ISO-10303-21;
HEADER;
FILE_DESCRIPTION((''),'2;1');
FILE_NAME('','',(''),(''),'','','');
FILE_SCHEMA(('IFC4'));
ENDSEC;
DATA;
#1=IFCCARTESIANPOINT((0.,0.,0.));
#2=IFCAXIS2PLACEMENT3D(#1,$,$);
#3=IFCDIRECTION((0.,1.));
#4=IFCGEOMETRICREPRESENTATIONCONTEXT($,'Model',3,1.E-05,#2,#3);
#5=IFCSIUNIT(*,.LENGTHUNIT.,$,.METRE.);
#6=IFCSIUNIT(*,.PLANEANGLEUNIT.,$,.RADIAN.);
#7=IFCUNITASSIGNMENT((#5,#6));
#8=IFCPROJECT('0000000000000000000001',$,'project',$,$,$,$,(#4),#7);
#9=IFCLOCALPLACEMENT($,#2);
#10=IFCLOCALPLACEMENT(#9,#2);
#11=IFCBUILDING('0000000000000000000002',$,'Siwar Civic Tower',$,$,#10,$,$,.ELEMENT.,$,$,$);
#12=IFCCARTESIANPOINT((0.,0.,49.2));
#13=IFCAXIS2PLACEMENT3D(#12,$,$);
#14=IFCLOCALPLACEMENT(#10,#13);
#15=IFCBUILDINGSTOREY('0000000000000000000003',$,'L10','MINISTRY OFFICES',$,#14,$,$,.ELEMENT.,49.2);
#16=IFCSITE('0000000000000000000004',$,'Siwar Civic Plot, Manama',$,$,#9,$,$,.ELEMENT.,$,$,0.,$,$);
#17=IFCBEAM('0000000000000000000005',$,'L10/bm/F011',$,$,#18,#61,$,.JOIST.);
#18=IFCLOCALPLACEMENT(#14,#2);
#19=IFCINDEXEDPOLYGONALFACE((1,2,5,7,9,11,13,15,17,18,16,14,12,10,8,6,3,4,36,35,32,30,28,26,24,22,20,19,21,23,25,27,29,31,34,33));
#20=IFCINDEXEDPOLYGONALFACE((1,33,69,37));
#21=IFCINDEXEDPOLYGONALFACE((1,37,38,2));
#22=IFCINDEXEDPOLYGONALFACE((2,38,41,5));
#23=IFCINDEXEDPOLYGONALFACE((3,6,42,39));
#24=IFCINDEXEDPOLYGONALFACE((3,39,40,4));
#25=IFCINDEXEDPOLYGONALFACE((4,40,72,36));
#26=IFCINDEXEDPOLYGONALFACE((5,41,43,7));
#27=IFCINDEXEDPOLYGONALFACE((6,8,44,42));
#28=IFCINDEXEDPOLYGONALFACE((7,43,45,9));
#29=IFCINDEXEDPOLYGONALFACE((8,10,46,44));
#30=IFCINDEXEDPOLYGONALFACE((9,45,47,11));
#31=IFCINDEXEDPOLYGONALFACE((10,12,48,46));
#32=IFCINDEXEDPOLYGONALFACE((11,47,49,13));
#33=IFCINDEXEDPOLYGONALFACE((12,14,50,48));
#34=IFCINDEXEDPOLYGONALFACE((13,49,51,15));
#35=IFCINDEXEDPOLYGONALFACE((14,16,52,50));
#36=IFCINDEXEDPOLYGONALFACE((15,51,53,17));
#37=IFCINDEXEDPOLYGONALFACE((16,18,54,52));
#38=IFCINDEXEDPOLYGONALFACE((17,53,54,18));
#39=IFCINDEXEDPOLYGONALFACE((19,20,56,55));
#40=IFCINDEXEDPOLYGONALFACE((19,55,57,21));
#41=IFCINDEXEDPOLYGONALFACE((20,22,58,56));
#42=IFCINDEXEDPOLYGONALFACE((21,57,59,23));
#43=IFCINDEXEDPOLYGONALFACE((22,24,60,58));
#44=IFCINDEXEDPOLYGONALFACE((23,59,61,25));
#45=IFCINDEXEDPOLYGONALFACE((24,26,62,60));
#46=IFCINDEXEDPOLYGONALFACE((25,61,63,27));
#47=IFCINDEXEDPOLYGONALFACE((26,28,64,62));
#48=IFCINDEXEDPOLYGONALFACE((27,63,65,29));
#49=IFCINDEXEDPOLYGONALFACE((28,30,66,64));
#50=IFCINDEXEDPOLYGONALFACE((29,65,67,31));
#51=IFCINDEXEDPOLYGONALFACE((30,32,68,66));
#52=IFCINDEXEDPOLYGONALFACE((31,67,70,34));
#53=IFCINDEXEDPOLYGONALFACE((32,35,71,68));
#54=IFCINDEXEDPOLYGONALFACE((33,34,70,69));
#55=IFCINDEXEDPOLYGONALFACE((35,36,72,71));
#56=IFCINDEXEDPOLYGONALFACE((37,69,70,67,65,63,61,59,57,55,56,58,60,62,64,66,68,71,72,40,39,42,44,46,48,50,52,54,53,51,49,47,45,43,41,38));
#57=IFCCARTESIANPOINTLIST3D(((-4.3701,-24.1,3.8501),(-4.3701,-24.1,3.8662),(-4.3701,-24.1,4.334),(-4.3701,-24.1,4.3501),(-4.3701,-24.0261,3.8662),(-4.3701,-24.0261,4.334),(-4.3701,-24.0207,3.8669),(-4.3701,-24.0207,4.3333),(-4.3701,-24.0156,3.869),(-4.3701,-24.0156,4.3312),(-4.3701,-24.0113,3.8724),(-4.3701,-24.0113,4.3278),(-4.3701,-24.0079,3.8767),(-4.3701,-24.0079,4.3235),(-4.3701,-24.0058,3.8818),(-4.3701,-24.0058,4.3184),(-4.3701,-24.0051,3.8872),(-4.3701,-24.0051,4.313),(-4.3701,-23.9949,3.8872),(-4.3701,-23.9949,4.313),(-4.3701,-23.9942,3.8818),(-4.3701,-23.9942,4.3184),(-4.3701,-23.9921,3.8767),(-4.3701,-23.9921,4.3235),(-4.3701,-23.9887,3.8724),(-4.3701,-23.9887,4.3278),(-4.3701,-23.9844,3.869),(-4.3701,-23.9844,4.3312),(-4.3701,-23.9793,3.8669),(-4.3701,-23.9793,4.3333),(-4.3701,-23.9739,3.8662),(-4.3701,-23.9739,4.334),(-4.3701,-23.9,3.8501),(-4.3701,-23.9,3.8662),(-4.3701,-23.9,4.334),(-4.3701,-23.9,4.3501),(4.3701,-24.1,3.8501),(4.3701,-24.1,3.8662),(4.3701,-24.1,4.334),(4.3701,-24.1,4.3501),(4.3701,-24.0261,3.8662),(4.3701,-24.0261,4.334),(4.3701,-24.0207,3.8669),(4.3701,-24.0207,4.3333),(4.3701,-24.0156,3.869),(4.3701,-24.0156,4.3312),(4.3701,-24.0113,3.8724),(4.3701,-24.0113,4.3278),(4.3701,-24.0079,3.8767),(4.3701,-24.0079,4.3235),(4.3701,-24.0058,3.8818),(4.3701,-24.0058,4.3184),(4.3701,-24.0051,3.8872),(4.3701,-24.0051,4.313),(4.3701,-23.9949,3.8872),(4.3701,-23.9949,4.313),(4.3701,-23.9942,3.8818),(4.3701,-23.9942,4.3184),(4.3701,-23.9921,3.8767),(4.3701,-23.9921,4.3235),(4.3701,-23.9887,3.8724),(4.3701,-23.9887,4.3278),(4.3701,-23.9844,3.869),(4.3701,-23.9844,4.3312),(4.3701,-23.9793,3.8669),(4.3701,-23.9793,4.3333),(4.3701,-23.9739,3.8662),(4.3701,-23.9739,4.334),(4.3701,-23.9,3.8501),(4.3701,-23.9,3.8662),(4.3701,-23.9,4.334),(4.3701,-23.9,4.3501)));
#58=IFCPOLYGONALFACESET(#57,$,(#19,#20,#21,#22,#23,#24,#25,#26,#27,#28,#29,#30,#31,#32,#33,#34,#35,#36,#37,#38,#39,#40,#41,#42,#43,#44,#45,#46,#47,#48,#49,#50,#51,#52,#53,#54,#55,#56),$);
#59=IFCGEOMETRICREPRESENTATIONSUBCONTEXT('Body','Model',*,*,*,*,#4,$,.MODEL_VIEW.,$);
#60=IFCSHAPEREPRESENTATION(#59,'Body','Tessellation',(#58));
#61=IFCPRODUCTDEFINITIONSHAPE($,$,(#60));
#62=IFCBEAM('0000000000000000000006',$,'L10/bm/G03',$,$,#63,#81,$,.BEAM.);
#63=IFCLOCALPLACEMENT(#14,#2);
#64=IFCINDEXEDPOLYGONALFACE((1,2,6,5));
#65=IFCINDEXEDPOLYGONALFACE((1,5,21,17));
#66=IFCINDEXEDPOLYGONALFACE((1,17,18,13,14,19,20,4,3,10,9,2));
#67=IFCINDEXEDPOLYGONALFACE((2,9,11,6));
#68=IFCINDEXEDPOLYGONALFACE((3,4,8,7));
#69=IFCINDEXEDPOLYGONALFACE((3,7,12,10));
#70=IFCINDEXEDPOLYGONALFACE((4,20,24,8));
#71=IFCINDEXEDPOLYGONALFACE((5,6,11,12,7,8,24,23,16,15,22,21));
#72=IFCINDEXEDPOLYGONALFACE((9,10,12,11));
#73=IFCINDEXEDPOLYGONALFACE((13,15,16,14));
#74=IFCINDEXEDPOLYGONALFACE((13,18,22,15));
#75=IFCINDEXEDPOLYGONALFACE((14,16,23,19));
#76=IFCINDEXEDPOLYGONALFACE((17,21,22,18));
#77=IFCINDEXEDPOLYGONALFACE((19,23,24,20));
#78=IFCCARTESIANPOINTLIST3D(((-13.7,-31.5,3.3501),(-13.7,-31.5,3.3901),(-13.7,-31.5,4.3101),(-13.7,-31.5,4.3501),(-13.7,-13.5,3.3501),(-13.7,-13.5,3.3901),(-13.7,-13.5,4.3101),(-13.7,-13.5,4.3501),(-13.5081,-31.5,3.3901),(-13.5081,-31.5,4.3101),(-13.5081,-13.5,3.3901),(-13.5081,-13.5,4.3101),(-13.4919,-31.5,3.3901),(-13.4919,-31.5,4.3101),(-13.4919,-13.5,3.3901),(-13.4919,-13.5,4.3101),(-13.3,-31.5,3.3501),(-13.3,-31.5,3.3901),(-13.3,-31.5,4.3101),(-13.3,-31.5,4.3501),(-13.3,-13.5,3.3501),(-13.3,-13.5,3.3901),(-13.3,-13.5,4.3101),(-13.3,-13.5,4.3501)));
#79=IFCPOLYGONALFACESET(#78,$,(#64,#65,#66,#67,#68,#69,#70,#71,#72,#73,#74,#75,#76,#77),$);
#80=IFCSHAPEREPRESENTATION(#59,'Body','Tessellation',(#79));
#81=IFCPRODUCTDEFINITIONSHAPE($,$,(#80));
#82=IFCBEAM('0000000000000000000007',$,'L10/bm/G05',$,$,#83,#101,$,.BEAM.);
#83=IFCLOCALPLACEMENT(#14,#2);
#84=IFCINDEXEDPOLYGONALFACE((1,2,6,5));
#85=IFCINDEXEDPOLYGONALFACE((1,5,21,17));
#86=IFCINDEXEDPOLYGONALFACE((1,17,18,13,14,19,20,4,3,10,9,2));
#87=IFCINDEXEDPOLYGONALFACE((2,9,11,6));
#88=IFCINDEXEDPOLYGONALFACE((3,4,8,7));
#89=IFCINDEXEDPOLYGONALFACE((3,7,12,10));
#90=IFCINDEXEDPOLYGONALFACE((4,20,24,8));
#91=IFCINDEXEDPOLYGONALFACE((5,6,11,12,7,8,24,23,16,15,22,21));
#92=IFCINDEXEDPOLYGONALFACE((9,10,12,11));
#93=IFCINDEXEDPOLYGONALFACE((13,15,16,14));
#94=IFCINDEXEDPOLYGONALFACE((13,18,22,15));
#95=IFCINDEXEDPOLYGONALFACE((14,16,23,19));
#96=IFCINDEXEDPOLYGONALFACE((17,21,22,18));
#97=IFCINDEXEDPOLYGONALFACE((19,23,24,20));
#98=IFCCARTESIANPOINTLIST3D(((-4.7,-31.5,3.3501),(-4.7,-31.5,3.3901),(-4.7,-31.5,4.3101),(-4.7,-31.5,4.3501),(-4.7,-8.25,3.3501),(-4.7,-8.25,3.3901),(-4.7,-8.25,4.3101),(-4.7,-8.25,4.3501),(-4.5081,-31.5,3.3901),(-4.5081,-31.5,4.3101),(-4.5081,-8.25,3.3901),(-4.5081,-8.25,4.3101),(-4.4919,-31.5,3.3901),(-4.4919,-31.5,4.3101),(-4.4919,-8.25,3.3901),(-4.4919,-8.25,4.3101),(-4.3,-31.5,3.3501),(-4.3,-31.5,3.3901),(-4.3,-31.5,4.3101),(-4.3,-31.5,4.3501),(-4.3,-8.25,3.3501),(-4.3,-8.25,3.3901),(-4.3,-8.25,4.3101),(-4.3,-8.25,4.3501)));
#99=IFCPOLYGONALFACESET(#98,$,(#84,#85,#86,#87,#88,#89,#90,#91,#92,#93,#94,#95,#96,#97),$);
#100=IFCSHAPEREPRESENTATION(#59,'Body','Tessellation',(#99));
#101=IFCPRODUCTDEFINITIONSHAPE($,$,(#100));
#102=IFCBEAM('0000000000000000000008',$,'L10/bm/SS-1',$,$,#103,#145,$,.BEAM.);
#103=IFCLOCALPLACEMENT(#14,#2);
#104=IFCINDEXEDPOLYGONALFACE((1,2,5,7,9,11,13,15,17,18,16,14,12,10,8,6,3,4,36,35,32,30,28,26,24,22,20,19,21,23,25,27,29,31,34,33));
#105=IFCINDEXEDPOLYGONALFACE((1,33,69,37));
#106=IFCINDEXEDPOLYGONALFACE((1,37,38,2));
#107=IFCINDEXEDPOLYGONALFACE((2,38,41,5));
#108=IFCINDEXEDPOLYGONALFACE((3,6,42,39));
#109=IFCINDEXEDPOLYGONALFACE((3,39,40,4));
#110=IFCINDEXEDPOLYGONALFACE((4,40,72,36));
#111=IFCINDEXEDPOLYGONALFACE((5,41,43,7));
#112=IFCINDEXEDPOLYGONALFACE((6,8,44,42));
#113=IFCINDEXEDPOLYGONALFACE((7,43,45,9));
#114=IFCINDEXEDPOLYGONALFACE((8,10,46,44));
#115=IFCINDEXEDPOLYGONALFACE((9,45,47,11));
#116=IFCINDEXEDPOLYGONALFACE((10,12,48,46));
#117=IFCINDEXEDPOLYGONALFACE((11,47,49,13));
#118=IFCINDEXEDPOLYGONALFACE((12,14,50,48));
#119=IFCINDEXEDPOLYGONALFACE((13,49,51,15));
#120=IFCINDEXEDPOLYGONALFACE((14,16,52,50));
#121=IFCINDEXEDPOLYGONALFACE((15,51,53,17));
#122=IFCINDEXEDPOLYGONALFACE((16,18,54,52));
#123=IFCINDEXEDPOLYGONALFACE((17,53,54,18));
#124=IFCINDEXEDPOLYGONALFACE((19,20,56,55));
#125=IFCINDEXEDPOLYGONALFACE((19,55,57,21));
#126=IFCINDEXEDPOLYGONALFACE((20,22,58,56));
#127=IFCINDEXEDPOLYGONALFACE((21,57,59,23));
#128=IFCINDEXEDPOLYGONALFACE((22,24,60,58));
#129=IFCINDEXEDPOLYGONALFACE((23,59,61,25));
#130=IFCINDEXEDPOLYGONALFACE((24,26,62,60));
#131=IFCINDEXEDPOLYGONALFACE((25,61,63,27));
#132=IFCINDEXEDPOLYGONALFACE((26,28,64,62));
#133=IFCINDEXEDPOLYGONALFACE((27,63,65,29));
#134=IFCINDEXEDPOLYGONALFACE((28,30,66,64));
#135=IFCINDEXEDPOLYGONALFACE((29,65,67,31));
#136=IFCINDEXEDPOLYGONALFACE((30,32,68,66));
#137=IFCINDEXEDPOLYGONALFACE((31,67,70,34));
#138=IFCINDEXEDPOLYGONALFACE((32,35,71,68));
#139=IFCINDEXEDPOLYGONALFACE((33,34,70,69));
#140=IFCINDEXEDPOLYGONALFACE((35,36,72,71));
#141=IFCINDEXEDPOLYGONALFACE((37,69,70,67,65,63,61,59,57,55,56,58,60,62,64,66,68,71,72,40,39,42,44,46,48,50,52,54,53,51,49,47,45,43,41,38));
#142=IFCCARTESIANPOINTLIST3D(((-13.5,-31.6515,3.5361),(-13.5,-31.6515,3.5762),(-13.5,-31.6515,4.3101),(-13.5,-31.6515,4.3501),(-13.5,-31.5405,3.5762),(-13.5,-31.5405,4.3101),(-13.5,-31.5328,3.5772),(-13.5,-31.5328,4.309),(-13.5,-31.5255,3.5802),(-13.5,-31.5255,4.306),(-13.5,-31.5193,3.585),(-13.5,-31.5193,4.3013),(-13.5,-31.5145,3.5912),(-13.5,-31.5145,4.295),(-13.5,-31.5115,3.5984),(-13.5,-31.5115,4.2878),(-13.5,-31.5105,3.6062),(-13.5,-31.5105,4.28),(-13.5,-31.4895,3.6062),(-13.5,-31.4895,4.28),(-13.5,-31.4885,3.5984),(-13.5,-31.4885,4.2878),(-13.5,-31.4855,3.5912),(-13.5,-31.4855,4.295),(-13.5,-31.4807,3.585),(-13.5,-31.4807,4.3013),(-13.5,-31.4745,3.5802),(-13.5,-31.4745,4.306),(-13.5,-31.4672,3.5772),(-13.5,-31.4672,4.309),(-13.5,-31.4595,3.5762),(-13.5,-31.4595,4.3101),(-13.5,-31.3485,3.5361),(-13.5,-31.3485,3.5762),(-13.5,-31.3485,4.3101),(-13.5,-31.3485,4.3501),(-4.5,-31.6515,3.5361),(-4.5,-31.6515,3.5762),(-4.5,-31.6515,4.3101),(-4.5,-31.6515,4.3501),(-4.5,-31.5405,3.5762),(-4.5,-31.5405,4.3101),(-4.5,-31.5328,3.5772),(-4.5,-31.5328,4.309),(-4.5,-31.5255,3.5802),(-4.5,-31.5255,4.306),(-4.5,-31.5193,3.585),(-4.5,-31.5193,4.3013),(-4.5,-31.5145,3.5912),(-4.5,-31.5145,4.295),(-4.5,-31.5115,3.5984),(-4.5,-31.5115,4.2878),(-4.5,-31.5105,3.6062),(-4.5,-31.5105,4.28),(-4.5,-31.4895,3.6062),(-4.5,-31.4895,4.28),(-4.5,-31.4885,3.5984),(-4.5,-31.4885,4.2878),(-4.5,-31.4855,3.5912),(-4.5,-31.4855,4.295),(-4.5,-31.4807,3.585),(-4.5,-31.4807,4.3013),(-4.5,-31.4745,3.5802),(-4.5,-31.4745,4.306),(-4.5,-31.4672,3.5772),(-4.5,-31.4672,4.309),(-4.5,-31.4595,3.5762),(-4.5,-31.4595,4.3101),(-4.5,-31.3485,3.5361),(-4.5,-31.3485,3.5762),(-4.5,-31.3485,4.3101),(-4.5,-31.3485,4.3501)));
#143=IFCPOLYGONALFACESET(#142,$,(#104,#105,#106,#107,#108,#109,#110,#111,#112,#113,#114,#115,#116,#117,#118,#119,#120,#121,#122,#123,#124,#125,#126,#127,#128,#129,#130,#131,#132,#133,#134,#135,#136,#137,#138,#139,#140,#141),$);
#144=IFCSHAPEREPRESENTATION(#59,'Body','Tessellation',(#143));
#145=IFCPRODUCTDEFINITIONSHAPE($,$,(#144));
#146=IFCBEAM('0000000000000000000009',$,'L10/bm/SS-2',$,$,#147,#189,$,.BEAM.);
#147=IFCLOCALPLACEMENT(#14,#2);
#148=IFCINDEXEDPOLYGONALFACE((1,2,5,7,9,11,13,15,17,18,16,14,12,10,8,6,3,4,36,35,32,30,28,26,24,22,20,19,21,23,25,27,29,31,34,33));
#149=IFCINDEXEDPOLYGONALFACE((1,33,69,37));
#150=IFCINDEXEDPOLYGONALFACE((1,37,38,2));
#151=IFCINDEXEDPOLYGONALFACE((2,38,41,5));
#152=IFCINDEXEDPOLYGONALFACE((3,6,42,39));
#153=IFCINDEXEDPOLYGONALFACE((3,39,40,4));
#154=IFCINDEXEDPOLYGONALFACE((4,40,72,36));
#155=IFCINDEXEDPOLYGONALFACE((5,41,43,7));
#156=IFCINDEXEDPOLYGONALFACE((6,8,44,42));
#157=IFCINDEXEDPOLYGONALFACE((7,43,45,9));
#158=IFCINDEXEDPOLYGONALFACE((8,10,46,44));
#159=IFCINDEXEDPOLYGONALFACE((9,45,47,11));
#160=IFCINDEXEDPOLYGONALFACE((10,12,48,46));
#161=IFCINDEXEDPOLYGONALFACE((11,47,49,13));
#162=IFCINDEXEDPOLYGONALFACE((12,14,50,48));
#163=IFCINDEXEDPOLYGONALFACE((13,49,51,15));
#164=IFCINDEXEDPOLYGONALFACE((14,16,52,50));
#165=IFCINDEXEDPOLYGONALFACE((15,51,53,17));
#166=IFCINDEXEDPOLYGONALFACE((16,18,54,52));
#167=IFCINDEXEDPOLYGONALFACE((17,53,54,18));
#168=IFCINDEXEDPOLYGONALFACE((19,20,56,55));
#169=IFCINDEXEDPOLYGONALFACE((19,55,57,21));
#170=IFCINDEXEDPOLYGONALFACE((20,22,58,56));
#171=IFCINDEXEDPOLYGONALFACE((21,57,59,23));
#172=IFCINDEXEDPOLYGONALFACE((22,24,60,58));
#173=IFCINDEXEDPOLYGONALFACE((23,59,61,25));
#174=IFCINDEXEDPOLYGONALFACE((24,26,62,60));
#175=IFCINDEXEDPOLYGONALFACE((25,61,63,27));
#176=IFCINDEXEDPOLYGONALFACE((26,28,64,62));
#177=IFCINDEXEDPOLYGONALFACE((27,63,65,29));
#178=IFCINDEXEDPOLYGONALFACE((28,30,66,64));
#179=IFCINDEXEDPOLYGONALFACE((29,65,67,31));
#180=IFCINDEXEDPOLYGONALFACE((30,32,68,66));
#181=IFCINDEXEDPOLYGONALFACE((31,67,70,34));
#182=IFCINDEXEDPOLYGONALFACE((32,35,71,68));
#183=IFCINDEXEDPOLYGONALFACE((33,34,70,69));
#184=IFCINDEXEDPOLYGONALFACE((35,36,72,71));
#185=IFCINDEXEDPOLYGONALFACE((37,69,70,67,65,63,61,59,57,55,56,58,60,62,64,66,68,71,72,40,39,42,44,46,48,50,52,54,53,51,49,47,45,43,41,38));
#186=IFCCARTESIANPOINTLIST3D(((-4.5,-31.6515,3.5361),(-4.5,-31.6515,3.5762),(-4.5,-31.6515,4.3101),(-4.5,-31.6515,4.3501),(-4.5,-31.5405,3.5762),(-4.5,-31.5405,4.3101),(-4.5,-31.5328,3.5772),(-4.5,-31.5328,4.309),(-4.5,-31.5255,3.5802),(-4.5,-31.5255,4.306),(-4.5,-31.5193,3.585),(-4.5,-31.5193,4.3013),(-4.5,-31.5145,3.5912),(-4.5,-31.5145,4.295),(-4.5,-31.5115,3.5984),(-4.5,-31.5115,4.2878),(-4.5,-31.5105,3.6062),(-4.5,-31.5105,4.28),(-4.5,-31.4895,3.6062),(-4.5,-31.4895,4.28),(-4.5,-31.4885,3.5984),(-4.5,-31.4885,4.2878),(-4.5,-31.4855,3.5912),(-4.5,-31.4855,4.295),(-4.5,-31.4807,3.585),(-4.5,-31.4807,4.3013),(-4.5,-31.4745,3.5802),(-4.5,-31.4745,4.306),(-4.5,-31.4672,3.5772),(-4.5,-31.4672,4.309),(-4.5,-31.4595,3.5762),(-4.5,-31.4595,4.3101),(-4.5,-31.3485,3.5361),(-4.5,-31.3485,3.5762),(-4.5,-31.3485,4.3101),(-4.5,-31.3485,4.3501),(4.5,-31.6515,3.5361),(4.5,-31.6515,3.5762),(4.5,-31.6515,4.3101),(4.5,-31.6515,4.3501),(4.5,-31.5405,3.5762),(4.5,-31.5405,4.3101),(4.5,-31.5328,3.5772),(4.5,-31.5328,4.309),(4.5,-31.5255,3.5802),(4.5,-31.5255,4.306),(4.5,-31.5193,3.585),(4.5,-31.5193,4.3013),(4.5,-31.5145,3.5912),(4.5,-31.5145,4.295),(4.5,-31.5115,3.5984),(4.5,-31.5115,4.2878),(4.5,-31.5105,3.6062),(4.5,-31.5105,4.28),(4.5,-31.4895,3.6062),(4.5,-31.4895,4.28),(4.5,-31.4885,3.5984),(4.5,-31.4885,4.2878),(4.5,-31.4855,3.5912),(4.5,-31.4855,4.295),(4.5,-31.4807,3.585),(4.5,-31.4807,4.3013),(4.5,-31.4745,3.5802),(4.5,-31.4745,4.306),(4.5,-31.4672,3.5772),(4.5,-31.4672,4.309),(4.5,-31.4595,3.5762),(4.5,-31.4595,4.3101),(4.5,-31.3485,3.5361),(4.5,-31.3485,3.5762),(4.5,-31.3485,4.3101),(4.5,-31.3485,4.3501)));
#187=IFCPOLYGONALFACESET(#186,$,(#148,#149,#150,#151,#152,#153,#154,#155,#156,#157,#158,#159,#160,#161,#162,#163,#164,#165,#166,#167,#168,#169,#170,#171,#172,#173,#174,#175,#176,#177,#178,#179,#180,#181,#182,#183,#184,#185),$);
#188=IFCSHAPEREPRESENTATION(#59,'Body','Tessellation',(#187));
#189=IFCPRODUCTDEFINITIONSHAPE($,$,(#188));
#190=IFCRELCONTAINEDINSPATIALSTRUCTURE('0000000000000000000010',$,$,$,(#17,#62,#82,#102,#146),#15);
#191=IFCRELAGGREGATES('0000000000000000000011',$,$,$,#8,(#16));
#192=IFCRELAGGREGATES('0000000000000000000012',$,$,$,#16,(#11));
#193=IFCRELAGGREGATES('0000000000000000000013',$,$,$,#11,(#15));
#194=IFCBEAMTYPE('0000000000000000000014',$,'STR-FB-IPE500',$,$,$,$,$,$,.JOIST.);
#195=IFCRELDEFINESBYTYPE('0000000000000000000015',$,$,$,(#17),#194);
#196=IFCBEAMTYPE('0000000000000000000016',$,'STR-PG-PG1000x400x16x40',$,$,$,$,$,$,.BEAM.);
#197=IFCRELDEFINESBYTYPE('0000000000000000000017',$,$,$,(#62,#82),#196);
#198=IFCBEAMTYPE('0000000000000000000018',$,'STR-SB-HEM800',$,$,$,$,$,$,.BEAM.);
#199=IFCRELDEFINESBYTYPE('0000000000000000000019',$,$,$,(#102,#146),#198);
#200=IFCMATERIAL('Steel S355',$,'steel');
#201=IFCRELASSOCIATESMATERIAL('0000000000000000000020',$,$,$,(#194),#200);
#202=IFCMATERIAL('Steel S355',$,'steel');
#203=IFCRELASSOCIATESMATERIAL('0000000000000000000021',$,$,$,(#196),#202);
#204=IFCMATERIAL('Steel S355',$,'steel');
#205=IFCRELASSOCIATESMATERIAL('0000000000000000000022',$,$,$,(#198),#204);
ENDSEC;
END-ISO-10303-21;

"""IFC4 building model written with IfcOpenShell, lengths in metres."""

from ifc_helpers import new_model, si_unit, direction, frame, origin, origin_2d, place, context, subcontext, project, spatial, i_section, extrude, material, material_profile, profile_set, type_object, element, save


model = new_model("IFC4")

# Units and contexts
model_context = context("Model", 3, precision=1e-05, world=origin(), true_north=direction((0.0, 1.0)))
body_context = subcontext(model_context, "Body", "Model", "MODEL_VIEW")
ifc_project = project(units=[si_unit("LENGTHUNIT", "METRE"), si_unit("PLANEANGLEUNIT", "RADIAN")], contexts=[model_context])

# Site, building, storey
site_placement = place(None, origin())
site = spatial("IfcSite", under=ifc_project, at=site_placement, Name="Siwar Civic Plot, Manama", CompositionType="ELEMENT", RefElevation=0.0)
building_placement = place(site_placement, origin())
building = spatial("IfcBuilding", under=site, at=building_placement, Name="Siwar Civic Tower", CompositionType="ELEMENT")
storey_placement = place(building_placement, frame((0.0, 0.0, 49.2)))
storey = spatial("IfcBuildingStorey", under=building, at=storey_placement, Name="L10", Description="MINISTRY OFFICES", CompositionType="ELEMENT", Elevation=49.2)

# Beams
ifc_material_1 = material(Name="Steel S355", Category="steel")
ifc_material_profile_1 = material_profile(ifc_material_1, i_section(OverallWidth=0.2, OverallDepth=0.5, WebThickness=0.0103, FlangeThickness=0.0161, FilletRadius=0.021, at=origin_2d()), Name="IPE500")
ifc_profile_set_1 = profile_set([ifc_material_profile_1], Name="Steel S355")
beam_type_1 = type_object("IfcBeamType", Name="STR-FB-IPE500", PredefinedType="JOIST", material=ifc_profile_set_1)
for number, where, z_axis, x_axis, name in (
    (1, (-4.3701, -24.0, 4.1001), (1.0, 0.0, 0.0), (0.0, 1.0, 0.0), "L10/bm/F011"),
):
    element("IfcBeam", number, at=place(storey_placement, frame(where, z_axis=z_axis, x_axis=x_axis)), inside=storey, type_object=beam_type_1, Name=name, PredefinedType="JOIST", context=body_context, shape_type="SweptSolid", body=[
        extrude(i_section(OverallWidth=0.2, OverallDepth=0.5, WebThickness=0.0103, FlangeThickness=0.0161, FilletRadius=0.021, at=origin_2d()), origin(), (0.0, 0.0, 1.0), 8.7402),
    ])
ifc_material_2 = material(Name="Steel S355", Category="steel")
ifc_material_profile_2 = material_profile(ifc_material_2, i_section(OverallWidth=0.3999, OverallDepth=1.0, WebThickness=0.0161, FlangeThickness=0.04, at=origin_2d()), Name="PG1000x400x16x40")
ifc_profile_set_2 = profile_set([ifc_material_profile_2], Name="Steel S355")
beam_type_2 = type_object("IfcBeamType", Name="STR-PG-PG1000x400x16x40", PredefinedType="BEAM", material=ifc_profile_set_2)
beam_1_placement = place(storey_placement, frame((-13.5, -31.5, 3.8501), z_axis=(0.0, 1.0, 0.0), x_axis=(-1.0, 0.0, 0.0)))
element("IfcBeam", 2, at=beam_1_placement, inside=storey, type_object=beam_type_2, Name="L10/bm/G03", PredefinedType="BEAM", context=body_context, shape_type="SweptSolid", body=[
    extrude(i_section(OverallWidth=0.3999, OverallDepth=1.0, WebThickness=0.0161, FlangeThickness=0.04, at=origin_2d()), origin(), (0.0, 0.0, 1.0), 18.0),
])
beam_2_placement = place(storey_placement, frame((-4.5, -31.5, 3.8501), z_axis=(0.0, 1.0, 0.0), x_axis=(-1.0, 0.0, 0.0)))
element("IfcBeam", 3, at=beam_2_placement, inside=storey, type_object=beam_type_2, Name="L10/bm/G05", PredefinedType="BEAM", context=body_context, shape_type="SweptSolid", body=[
    extrude(i_section(OverallWidth=0.3999, OverallDepth=1.0, WebThickness=0.0161, FlangeThickness=0.04, at=origin_2d()), origin(), (0.0, 0.0, 1.0), 23.25),
])
ifc_material_3 = material(Name="Steel S355", Category="steel")
ifc_material_profile_3 = material_profile(ifc_material_3, i_section(OverallWidth=0.303, OverallDepth=0.814, WebThickness=0.021, FlangeThickness=0.04, FilletRadius=0.03, at=origin_2d()), Name="HEM800")
ifc_profile_set_3 = profile_set([ifc_material_profile_3], Name="Steel S355")
beam_type_3 = type_object("IfcBeamType", Name="STR-SB-HEM800", PredefinedType="BEAM", material=ifc_profile_set_3)
for number, where, z_axis, x_axis, name in (
    (4, (-13.5, -31.5, 3.9431), (1.0, 0.0, 0.0), (0.0, 1.0, 0.0), "L10/bm/SS-1"),
    (5, (-4.5, -31.5, 3.9431), (1.0, 0.0, 0.0), (0.0, 1.0, 0.0), "L10/bm/SS-2"),
):
    element("IfcBeam", number, at=place(storey_placement, frame(where, z_axis=z_axis, x_axis=x_axis)), inside=storey, type_object=beam_type_3, Name=name, PredefinedType="BEAM", context=body_context, shape_type="SweptSolid", body=[
        extrude(i_section(OverallWidth=0.303, OverallDepth=0.814, WebThickness=0.021, FlangeThickness=0.04, FilletRadius=0.03, at=origin_2d()), origin(), (0.0, 0.0, 1.0), 9.0),
    ])

save(model, "model.ifc")
